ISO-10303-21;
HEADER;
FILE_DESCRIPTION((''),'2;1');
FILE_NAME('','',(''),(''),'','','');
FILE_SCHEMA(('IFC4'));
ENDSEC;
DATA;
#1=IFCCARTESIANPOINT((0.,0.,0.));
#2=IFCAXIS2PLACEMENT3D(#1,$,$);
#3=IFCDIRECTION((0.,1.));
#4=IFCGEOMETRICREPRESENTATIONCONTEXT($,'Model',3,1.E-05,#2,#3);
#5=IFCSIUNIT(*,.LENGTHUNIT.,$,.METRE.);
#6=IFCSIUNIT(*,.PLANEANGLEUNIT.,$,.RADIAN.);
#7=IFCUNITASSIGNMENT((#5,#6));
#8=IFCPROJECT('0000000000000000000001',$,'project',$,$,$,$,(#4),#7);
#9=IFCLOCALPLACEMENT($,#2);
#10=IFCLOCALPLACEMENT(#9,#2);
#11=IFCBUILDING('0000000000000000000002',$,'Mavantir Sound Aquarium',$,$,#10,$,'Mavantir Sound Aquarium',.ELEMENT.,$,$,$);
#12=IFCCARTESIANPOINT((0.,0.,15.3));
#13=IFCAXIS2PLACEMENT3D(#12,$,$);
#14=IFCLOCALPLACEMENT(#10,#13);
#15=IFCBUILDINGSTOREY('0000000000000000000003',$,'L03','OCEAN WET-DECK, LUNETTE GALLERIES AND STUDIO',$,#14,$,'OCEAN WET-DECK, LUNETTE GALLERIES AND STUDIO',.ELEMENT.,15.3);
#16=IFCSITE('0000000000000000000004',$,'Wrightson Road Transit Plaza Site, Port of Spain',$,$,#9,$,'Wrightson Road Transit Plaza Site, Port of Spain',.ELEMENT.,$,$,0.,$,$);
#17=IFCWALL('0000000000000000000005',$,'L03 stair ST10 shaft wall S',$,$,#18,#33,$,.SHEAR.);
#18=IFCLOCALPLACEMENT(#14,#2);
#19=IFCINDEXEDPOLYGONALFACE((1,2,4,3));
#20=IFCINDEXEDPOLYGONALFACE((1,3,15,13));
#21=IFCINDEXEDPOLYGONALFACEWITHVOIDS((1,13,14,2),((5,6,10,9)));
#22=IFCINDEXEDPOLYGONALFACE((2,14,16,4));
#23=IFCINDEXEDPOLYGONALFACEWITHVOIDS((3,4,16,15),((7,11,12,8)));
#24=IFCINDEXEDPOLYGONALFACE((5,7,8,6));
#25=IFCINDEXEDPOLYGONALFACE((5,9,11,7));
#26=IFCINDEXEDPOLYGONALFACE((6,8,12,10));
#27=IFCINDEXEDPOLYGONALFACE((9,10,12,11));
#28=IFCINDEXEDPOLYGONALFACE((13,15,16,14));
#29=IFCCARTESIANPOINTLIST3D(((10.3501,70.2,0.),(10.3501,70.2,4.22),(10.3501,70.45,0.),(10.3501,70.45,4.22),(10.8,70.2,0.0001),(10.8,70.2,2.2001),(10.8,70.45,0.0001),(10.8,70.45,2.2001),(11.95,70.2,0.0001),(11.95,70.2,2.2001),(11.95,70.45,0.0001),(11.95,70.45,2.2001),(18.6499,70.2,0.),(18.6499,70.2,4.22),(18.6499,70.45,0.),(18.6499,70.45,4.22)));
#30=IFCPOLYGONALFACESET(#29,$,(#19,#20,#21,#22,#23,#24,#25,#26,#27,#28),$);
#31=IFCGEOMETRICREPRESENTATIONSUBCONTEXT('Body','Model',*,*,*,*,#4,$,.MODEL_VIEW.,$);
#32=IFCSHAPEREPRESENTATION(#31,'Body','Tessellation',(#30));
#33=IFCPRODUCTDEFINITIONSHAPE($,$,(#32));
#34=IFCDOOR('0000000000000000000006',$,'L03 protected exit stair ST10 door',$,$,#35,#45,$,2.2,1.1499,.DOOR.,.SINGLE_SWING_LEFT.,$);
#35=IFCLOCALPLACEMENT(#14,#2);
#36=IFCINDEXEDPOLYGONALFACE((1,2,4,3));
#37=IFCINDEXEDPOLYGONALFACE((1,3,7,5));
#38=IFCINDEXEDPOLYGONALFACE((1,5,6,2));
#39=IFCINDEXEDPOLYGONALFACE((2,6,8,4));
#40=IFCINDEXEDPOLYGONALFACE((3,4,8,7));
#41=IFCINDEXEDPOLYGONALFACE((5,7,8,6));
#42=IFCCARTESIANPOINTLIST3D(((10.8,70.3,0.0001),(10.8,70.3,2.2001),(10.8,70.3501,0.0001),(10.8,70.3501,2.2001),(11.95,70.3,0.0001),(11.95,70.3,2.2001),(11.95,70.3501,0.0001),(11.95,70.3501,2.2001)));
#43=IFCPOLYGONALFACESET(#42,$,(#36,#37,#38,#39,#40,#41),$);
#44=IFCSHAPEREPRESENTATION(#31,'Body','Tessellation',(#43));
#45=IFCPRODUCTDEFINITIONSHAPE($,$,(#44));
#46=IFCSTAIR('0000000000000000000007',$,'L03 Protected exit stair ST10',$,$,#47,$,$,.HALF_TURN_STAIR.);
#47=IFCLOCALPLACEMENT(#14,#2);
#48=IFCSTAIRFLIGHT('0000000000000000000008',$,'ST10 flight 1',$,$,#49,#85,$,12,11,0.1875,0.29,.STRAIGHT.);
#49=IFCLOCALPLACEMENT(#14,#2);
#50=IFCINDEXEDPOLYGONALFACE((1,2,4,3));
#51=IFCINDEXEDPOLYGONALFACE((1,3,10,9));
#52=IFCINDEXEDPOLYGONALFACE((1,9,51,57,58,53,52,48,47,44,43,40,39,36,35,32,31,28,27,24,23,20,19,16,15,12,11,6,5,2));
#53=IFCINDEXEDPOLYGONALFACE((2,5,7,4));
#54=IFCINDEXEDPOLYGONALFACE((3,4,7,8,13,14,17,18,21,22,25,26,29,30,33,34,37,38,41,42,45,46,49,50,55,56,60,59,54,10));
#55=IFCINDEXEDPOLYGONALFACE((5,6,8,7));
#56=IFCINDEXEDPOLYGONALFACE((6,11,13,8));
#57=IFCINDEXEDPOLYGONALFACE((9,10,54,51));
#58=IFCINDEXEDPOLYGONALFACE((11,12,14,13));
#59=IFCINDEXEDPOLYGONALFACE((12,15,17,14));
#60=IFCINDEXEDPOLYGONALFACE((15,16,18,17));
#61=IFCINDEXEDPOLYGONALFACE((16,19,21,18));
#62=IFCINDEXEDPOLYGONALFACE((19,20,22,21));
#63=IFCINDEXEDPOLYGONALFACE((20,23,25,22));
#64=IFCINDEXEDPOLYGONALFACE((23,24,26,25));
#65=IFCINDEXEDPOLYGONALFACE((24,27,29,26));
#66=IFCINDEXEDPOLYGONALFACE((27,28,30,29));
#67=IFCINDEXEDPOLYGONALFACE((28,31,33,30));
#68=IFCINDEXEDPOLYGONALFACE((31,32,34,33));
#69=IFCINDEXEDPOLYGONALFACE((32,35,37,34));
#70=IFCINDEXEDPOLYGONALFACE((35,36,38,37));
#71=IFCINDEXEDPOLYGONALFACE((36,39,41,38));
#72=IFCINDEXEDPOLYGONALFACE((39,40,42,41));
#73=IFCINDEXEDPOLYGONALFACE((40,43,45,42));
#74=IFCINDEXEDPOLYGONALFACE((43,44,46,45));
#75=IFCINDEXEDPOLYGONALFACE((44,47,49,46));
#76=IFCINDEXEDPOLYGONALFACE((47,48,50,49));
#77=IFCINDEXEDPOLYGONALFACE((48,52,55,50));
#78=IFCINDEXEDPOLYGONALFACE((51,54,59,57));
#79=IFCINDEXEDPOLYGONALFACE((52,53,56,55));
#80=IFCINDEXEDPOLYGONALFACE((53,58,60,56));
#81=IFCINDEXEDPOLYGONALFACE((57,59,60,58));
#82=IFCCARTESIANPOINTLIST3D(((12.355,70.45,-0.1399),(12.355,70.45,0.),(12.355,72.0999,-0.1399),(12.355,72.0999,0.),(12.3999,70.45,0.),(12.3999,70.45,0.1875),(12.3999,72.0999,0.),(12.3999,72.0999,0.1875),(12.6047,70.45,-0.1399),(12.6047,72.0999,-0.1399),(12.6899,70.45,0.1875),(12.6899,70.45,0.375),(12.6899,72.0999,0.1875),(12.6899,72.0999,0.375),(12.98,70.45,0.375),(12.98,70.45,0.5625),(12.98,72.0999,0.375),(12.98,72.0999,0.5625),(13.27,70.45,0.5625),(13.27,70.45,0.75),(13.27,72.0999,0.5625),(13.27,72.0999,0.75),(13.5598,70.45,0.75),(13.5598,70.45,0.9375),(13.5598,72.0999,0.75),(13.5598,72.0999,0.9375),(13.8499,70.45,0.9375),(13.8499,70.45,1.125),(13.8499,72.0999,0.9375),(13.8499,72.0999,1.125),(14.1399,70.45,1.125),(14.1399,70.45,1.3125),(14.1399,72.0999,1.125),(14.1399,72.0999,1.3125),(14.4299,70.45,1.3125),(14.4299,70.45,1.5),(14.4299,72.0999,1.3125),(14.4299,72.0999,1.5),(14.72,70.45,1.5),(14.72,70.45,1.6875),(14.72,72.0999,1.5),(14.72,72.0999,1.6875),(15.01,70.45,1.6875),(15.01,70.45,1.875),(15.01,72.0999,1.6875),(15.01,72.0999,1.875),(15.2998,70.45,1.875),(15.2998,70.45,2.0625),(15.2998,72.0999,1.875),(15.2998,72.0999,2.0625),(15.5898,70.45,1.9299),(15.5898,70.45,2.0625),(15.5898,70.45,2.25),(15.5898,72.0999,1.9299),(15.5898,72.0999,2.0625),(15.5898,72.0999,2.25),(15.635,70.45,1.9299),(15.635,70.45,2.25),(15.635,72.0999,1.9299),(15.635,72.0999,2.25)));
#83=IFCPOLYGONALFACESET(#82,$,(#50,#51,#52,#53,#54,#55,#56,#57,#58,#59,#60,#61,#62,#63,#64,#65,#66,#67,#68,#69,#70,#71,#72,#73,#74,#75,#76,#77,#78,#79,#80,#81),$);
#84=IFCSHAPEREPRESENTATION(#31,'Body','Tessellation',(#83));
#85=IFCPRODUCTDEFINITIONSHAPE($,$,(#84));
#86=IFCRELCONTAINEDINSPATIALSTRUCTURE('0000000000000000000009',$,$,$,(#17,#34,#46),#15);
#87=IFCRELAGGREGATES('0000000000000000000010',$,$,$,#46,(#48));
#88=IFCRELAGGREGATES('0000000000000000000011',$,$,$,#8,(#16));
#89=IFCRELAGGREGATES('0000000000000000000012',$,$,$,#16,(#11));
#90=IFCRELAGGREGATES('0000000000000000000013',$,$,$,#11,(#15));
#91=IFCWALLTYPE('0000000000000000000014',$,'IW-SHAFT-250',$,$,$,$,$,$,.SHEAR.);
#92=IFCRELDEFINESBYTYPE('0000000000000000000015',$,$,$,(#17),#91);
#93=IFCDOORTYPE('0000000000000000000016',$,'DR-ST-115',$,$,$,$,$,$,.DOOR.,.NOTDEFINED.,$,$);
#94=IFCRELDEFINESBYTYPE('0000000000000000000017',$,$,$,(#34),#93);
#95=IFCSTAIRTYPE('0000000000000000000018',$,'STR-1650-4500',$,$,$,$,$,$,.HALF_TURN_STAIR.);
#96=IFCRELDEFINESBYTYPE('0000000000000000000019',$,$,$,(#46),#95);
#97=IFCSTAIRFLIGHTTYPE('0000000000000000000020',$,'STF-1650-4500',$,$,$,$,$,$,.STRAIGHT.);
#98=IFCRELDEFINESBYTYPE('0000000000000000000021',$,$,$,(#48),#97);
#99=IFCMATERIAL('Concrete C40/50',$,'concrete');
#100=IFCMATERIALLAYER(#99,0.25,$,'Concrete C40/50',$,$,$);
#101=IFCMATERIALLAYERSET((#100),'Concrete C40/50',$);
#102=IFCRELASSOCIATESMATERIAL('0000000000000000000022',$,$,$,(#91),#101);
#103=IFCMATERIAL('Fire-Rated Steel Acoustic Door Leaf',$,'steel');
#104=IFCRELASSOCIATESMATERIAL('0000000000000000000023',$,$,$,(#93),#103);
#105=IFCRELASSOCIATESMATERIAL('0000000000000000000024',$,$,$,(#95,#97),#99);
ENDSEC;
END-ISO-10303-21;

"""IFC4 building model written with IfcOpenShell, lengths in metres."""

from ifc_helpers import new_model, si_unit, direction, frame, frame_2d, origin, place, context, subcontext, project, spatial, polyline, rectangle, outline, extrude, material, layer, layer_set, type_object, element, fill, aggregate, save


model = new_model("IFC4")

# Units and contexts
model_context = context("Model", 3, precision=1e-05, world=origin(), true_north=direction((0.0, 1.0)))
body_context = subcontext(model_context, "Body", "Model", "MODEL_VIEW")
ifc_project = project(units=[si_unit("LENGTHUNIT", "METRE"), si_unit("PLANEANGLEUNIT", "RADIAN")], contexts=[model_context])

# Site, building, storey
site_placement = place(None, origin())
site = spatial("IfcSite", under=ifc_project, at=site_placement, Name="Wrightson Road Transit Plaza Site, Port of Spain", LongName="Wrightson Road Transit Plaza Site, Port of Spain", CompositionType="ELEMENT", RefElevation=0.0)
building_placement = place(site_placement, origin())
building = spatial("IfcBuilding", under=site, at=building_placement, Name="Mavantir Sound Aquarium", LongName="Mavantir Sound Aquarium", CompositionType="ELEMENT")
storey_placement = place(building_placement, frame((0.0, 0.0, 15.3)))
storey = spatial("IfcBuildingStorey", under=building, at=storey_placement, Name="L03", Description="OCEAN WET-DECK, LUNETTE GALLERIES AND STUDIO", LongName="OCEAN WET-DECK, LUNETTE GALLERIES AND STUDIO", CompositionType="ELEMENT", Elevation=15.3)

# Shared definitions
ifc_material_1 = material(Name="Concrete C40/50", Category="concrete")

# Wall, opening, door
ifc_layer_1 = layer(ifc_material_1, 0.25, Name="Concrete C40/50")
ifc_layer_set_1 = layer_set([ifc_layer_1], Name="Concrete C40/50")
wall_type_1 = type_object("IfcWallType", Name="IW-SHAFT-250", PredefinedType="SHEAR", material=ifc_layer_set_1)
wall_1_placement = place(storey_placement, frame((10.3501, 70.325, 0.0), z_axis=(0.0, 0.0, 1.0), x_axis=(1.0, 0.0, 0.0)))
wall_1 = element("IfcWall", 1, at=wall_1_placement, inside=storey, type_object=wall_type_1, Name="L03 stair ST10 shaft wall S", PredefinedType="SHEAR", context=body_context, shape_type="SweptSolid", body=[
    extrude(rectangle(XDim=8.2998, YDim=0.25, at=frame_2d((4.1499, 0.0))), origin(), (0.0, 0.0, 1.0), 4.22),
])
opening_1_placement = place(wall_1_placement, frame((1.5999, 0.0, 0.0), z_axis=(0.0, 0.0, 1.0), x_axis=(-1.0, 0.0, 0.0)))
opening_1 = element("IfcOpeningElement", 2, at=opening_1_placement, cuts=wall_1, PredefinedType="OPENING", context=body_context, shape_type="SweptSolid", body=[
    extrude(rectangle(XDim=1.1499, YDim=2.2, at=frame_2d((0.575, 1.1001))), frame((0.0, 0.135, 0.0), z_axis=(0.0, -1.0, 0.0), x_axis=(1.0, 0.0, 0.0)), (0.0, 0.0, 1.0), 0.27),
])
ifc_material_2 = material(Name="Fire-Rated Steel Acoustic Door Leaf", Category="steel")
door_type_1 = type_object("IfcDoorType", Name="DR-ST-115", OperationType="NOTDEFINED", PredefinedType="DOOR", material=ifc_material_2)
door_1_placement = place(opening_1_placement, origin())
door_1 = element("IfcDoor", 3, at=door_1_placement, inside=storey, type_object=door_type_1, Name="L03 protected exit stair ST10 door", OperationType="SINGLE_SWING_LEFT", OverallHeight=2.2, OverallWidth=1.1499, PredefinedType="DOOR", context=body_context, shape_type="SweptSolid", body=[
    extrude(rectangle(XDim=1.1499, YDim=2.2, at=frame_2d((0.575, 1.1001))), frame((0.0, 0.0249, 0.0), z_axis=(0.0, -1.0, 0.0), x_axis=(1.0, 0.0, 0.0)), (0.0, 0.0, 1.0), 0.05),
])
fill(opening_1, door_1)

# Stair, stair flight
stair_type = type_object("IfcStairType", Name="STR-1650-4500", PredefinedType="HALF_TURN_STAIR", material=ifc_material_1)
stair_placement = place(storey_placement, origin())
stair = element("IfcStair", 4, at=stair_placement, inside=storey, type_object=stair_type, Name="L03 Protected exit stair ST10", PredefinedType="HALF_TURN_STAIR")
stair_flight_type = type_object("IfcStairFlightType", Name="STF-1650-4500", PredefinedType="STRAIGHT", material=ifc_material_1)
stair_flight_placement = place(storey_placement, frame((12.3999, 71.2749, 0.0), z_axis=(0.0, 0.0, 1.0), x_axis=(1.0, 0.0, 0.0)))
stair_flight = element("IfcStairFlight", 5, at=stair_flight_placement, type_object=stair_flight_type, Name="ST10 flight 1", NumberOfRisers=12, NumberOfTreads=11, PredefinedType="STRAIGHT", RiserHeight=0.1875, TreadLength=0.29, context=body_context, shape_type="SweptSolid", body=[
    extrude(outline(polyline([(-0.0449, -0.1399), (-0.0449, 0.0), (0.0, 0.0), (0.0, 0.1875), (0.29, 0.1875), (0.29, 0.375), (0.5801, 0.375), (0.5801, 0.5625), (0.8701, 0.5625), (0.8701, 0.75), (1.1599, 0.75), (1.1599, 0.9375), (1.45, 0.9375), (1.45, 1.125), (1.74, 1.125), (1.74, 1.3125), (2.03, 1.3125), (2.03, 1.5), (2.3201, 1.5), (2.3201, 1.6875), (2.6101, 1.6875), (2.6101, 1.875), (2.8999, 1.875), (2.8999, 2.0625), (3.1899, 2.0625), (3.1899, 2.25), (3.2351, 2.25), (3.2351, 1.9299), (3.1899, 1.9299), (0.2048, -0.1399), (-0.0449, -0.1399)])), frame((0.0, 0.825, 0.0), z_axis=(0.0, -1.0, 0.0), x_axis=(1.0, 0.0, 0.0)), (0.0, 0.0, 1.0), 1.6499),
])
aggregate(stair, [stair_flight])

save(model, "model.ifc")
